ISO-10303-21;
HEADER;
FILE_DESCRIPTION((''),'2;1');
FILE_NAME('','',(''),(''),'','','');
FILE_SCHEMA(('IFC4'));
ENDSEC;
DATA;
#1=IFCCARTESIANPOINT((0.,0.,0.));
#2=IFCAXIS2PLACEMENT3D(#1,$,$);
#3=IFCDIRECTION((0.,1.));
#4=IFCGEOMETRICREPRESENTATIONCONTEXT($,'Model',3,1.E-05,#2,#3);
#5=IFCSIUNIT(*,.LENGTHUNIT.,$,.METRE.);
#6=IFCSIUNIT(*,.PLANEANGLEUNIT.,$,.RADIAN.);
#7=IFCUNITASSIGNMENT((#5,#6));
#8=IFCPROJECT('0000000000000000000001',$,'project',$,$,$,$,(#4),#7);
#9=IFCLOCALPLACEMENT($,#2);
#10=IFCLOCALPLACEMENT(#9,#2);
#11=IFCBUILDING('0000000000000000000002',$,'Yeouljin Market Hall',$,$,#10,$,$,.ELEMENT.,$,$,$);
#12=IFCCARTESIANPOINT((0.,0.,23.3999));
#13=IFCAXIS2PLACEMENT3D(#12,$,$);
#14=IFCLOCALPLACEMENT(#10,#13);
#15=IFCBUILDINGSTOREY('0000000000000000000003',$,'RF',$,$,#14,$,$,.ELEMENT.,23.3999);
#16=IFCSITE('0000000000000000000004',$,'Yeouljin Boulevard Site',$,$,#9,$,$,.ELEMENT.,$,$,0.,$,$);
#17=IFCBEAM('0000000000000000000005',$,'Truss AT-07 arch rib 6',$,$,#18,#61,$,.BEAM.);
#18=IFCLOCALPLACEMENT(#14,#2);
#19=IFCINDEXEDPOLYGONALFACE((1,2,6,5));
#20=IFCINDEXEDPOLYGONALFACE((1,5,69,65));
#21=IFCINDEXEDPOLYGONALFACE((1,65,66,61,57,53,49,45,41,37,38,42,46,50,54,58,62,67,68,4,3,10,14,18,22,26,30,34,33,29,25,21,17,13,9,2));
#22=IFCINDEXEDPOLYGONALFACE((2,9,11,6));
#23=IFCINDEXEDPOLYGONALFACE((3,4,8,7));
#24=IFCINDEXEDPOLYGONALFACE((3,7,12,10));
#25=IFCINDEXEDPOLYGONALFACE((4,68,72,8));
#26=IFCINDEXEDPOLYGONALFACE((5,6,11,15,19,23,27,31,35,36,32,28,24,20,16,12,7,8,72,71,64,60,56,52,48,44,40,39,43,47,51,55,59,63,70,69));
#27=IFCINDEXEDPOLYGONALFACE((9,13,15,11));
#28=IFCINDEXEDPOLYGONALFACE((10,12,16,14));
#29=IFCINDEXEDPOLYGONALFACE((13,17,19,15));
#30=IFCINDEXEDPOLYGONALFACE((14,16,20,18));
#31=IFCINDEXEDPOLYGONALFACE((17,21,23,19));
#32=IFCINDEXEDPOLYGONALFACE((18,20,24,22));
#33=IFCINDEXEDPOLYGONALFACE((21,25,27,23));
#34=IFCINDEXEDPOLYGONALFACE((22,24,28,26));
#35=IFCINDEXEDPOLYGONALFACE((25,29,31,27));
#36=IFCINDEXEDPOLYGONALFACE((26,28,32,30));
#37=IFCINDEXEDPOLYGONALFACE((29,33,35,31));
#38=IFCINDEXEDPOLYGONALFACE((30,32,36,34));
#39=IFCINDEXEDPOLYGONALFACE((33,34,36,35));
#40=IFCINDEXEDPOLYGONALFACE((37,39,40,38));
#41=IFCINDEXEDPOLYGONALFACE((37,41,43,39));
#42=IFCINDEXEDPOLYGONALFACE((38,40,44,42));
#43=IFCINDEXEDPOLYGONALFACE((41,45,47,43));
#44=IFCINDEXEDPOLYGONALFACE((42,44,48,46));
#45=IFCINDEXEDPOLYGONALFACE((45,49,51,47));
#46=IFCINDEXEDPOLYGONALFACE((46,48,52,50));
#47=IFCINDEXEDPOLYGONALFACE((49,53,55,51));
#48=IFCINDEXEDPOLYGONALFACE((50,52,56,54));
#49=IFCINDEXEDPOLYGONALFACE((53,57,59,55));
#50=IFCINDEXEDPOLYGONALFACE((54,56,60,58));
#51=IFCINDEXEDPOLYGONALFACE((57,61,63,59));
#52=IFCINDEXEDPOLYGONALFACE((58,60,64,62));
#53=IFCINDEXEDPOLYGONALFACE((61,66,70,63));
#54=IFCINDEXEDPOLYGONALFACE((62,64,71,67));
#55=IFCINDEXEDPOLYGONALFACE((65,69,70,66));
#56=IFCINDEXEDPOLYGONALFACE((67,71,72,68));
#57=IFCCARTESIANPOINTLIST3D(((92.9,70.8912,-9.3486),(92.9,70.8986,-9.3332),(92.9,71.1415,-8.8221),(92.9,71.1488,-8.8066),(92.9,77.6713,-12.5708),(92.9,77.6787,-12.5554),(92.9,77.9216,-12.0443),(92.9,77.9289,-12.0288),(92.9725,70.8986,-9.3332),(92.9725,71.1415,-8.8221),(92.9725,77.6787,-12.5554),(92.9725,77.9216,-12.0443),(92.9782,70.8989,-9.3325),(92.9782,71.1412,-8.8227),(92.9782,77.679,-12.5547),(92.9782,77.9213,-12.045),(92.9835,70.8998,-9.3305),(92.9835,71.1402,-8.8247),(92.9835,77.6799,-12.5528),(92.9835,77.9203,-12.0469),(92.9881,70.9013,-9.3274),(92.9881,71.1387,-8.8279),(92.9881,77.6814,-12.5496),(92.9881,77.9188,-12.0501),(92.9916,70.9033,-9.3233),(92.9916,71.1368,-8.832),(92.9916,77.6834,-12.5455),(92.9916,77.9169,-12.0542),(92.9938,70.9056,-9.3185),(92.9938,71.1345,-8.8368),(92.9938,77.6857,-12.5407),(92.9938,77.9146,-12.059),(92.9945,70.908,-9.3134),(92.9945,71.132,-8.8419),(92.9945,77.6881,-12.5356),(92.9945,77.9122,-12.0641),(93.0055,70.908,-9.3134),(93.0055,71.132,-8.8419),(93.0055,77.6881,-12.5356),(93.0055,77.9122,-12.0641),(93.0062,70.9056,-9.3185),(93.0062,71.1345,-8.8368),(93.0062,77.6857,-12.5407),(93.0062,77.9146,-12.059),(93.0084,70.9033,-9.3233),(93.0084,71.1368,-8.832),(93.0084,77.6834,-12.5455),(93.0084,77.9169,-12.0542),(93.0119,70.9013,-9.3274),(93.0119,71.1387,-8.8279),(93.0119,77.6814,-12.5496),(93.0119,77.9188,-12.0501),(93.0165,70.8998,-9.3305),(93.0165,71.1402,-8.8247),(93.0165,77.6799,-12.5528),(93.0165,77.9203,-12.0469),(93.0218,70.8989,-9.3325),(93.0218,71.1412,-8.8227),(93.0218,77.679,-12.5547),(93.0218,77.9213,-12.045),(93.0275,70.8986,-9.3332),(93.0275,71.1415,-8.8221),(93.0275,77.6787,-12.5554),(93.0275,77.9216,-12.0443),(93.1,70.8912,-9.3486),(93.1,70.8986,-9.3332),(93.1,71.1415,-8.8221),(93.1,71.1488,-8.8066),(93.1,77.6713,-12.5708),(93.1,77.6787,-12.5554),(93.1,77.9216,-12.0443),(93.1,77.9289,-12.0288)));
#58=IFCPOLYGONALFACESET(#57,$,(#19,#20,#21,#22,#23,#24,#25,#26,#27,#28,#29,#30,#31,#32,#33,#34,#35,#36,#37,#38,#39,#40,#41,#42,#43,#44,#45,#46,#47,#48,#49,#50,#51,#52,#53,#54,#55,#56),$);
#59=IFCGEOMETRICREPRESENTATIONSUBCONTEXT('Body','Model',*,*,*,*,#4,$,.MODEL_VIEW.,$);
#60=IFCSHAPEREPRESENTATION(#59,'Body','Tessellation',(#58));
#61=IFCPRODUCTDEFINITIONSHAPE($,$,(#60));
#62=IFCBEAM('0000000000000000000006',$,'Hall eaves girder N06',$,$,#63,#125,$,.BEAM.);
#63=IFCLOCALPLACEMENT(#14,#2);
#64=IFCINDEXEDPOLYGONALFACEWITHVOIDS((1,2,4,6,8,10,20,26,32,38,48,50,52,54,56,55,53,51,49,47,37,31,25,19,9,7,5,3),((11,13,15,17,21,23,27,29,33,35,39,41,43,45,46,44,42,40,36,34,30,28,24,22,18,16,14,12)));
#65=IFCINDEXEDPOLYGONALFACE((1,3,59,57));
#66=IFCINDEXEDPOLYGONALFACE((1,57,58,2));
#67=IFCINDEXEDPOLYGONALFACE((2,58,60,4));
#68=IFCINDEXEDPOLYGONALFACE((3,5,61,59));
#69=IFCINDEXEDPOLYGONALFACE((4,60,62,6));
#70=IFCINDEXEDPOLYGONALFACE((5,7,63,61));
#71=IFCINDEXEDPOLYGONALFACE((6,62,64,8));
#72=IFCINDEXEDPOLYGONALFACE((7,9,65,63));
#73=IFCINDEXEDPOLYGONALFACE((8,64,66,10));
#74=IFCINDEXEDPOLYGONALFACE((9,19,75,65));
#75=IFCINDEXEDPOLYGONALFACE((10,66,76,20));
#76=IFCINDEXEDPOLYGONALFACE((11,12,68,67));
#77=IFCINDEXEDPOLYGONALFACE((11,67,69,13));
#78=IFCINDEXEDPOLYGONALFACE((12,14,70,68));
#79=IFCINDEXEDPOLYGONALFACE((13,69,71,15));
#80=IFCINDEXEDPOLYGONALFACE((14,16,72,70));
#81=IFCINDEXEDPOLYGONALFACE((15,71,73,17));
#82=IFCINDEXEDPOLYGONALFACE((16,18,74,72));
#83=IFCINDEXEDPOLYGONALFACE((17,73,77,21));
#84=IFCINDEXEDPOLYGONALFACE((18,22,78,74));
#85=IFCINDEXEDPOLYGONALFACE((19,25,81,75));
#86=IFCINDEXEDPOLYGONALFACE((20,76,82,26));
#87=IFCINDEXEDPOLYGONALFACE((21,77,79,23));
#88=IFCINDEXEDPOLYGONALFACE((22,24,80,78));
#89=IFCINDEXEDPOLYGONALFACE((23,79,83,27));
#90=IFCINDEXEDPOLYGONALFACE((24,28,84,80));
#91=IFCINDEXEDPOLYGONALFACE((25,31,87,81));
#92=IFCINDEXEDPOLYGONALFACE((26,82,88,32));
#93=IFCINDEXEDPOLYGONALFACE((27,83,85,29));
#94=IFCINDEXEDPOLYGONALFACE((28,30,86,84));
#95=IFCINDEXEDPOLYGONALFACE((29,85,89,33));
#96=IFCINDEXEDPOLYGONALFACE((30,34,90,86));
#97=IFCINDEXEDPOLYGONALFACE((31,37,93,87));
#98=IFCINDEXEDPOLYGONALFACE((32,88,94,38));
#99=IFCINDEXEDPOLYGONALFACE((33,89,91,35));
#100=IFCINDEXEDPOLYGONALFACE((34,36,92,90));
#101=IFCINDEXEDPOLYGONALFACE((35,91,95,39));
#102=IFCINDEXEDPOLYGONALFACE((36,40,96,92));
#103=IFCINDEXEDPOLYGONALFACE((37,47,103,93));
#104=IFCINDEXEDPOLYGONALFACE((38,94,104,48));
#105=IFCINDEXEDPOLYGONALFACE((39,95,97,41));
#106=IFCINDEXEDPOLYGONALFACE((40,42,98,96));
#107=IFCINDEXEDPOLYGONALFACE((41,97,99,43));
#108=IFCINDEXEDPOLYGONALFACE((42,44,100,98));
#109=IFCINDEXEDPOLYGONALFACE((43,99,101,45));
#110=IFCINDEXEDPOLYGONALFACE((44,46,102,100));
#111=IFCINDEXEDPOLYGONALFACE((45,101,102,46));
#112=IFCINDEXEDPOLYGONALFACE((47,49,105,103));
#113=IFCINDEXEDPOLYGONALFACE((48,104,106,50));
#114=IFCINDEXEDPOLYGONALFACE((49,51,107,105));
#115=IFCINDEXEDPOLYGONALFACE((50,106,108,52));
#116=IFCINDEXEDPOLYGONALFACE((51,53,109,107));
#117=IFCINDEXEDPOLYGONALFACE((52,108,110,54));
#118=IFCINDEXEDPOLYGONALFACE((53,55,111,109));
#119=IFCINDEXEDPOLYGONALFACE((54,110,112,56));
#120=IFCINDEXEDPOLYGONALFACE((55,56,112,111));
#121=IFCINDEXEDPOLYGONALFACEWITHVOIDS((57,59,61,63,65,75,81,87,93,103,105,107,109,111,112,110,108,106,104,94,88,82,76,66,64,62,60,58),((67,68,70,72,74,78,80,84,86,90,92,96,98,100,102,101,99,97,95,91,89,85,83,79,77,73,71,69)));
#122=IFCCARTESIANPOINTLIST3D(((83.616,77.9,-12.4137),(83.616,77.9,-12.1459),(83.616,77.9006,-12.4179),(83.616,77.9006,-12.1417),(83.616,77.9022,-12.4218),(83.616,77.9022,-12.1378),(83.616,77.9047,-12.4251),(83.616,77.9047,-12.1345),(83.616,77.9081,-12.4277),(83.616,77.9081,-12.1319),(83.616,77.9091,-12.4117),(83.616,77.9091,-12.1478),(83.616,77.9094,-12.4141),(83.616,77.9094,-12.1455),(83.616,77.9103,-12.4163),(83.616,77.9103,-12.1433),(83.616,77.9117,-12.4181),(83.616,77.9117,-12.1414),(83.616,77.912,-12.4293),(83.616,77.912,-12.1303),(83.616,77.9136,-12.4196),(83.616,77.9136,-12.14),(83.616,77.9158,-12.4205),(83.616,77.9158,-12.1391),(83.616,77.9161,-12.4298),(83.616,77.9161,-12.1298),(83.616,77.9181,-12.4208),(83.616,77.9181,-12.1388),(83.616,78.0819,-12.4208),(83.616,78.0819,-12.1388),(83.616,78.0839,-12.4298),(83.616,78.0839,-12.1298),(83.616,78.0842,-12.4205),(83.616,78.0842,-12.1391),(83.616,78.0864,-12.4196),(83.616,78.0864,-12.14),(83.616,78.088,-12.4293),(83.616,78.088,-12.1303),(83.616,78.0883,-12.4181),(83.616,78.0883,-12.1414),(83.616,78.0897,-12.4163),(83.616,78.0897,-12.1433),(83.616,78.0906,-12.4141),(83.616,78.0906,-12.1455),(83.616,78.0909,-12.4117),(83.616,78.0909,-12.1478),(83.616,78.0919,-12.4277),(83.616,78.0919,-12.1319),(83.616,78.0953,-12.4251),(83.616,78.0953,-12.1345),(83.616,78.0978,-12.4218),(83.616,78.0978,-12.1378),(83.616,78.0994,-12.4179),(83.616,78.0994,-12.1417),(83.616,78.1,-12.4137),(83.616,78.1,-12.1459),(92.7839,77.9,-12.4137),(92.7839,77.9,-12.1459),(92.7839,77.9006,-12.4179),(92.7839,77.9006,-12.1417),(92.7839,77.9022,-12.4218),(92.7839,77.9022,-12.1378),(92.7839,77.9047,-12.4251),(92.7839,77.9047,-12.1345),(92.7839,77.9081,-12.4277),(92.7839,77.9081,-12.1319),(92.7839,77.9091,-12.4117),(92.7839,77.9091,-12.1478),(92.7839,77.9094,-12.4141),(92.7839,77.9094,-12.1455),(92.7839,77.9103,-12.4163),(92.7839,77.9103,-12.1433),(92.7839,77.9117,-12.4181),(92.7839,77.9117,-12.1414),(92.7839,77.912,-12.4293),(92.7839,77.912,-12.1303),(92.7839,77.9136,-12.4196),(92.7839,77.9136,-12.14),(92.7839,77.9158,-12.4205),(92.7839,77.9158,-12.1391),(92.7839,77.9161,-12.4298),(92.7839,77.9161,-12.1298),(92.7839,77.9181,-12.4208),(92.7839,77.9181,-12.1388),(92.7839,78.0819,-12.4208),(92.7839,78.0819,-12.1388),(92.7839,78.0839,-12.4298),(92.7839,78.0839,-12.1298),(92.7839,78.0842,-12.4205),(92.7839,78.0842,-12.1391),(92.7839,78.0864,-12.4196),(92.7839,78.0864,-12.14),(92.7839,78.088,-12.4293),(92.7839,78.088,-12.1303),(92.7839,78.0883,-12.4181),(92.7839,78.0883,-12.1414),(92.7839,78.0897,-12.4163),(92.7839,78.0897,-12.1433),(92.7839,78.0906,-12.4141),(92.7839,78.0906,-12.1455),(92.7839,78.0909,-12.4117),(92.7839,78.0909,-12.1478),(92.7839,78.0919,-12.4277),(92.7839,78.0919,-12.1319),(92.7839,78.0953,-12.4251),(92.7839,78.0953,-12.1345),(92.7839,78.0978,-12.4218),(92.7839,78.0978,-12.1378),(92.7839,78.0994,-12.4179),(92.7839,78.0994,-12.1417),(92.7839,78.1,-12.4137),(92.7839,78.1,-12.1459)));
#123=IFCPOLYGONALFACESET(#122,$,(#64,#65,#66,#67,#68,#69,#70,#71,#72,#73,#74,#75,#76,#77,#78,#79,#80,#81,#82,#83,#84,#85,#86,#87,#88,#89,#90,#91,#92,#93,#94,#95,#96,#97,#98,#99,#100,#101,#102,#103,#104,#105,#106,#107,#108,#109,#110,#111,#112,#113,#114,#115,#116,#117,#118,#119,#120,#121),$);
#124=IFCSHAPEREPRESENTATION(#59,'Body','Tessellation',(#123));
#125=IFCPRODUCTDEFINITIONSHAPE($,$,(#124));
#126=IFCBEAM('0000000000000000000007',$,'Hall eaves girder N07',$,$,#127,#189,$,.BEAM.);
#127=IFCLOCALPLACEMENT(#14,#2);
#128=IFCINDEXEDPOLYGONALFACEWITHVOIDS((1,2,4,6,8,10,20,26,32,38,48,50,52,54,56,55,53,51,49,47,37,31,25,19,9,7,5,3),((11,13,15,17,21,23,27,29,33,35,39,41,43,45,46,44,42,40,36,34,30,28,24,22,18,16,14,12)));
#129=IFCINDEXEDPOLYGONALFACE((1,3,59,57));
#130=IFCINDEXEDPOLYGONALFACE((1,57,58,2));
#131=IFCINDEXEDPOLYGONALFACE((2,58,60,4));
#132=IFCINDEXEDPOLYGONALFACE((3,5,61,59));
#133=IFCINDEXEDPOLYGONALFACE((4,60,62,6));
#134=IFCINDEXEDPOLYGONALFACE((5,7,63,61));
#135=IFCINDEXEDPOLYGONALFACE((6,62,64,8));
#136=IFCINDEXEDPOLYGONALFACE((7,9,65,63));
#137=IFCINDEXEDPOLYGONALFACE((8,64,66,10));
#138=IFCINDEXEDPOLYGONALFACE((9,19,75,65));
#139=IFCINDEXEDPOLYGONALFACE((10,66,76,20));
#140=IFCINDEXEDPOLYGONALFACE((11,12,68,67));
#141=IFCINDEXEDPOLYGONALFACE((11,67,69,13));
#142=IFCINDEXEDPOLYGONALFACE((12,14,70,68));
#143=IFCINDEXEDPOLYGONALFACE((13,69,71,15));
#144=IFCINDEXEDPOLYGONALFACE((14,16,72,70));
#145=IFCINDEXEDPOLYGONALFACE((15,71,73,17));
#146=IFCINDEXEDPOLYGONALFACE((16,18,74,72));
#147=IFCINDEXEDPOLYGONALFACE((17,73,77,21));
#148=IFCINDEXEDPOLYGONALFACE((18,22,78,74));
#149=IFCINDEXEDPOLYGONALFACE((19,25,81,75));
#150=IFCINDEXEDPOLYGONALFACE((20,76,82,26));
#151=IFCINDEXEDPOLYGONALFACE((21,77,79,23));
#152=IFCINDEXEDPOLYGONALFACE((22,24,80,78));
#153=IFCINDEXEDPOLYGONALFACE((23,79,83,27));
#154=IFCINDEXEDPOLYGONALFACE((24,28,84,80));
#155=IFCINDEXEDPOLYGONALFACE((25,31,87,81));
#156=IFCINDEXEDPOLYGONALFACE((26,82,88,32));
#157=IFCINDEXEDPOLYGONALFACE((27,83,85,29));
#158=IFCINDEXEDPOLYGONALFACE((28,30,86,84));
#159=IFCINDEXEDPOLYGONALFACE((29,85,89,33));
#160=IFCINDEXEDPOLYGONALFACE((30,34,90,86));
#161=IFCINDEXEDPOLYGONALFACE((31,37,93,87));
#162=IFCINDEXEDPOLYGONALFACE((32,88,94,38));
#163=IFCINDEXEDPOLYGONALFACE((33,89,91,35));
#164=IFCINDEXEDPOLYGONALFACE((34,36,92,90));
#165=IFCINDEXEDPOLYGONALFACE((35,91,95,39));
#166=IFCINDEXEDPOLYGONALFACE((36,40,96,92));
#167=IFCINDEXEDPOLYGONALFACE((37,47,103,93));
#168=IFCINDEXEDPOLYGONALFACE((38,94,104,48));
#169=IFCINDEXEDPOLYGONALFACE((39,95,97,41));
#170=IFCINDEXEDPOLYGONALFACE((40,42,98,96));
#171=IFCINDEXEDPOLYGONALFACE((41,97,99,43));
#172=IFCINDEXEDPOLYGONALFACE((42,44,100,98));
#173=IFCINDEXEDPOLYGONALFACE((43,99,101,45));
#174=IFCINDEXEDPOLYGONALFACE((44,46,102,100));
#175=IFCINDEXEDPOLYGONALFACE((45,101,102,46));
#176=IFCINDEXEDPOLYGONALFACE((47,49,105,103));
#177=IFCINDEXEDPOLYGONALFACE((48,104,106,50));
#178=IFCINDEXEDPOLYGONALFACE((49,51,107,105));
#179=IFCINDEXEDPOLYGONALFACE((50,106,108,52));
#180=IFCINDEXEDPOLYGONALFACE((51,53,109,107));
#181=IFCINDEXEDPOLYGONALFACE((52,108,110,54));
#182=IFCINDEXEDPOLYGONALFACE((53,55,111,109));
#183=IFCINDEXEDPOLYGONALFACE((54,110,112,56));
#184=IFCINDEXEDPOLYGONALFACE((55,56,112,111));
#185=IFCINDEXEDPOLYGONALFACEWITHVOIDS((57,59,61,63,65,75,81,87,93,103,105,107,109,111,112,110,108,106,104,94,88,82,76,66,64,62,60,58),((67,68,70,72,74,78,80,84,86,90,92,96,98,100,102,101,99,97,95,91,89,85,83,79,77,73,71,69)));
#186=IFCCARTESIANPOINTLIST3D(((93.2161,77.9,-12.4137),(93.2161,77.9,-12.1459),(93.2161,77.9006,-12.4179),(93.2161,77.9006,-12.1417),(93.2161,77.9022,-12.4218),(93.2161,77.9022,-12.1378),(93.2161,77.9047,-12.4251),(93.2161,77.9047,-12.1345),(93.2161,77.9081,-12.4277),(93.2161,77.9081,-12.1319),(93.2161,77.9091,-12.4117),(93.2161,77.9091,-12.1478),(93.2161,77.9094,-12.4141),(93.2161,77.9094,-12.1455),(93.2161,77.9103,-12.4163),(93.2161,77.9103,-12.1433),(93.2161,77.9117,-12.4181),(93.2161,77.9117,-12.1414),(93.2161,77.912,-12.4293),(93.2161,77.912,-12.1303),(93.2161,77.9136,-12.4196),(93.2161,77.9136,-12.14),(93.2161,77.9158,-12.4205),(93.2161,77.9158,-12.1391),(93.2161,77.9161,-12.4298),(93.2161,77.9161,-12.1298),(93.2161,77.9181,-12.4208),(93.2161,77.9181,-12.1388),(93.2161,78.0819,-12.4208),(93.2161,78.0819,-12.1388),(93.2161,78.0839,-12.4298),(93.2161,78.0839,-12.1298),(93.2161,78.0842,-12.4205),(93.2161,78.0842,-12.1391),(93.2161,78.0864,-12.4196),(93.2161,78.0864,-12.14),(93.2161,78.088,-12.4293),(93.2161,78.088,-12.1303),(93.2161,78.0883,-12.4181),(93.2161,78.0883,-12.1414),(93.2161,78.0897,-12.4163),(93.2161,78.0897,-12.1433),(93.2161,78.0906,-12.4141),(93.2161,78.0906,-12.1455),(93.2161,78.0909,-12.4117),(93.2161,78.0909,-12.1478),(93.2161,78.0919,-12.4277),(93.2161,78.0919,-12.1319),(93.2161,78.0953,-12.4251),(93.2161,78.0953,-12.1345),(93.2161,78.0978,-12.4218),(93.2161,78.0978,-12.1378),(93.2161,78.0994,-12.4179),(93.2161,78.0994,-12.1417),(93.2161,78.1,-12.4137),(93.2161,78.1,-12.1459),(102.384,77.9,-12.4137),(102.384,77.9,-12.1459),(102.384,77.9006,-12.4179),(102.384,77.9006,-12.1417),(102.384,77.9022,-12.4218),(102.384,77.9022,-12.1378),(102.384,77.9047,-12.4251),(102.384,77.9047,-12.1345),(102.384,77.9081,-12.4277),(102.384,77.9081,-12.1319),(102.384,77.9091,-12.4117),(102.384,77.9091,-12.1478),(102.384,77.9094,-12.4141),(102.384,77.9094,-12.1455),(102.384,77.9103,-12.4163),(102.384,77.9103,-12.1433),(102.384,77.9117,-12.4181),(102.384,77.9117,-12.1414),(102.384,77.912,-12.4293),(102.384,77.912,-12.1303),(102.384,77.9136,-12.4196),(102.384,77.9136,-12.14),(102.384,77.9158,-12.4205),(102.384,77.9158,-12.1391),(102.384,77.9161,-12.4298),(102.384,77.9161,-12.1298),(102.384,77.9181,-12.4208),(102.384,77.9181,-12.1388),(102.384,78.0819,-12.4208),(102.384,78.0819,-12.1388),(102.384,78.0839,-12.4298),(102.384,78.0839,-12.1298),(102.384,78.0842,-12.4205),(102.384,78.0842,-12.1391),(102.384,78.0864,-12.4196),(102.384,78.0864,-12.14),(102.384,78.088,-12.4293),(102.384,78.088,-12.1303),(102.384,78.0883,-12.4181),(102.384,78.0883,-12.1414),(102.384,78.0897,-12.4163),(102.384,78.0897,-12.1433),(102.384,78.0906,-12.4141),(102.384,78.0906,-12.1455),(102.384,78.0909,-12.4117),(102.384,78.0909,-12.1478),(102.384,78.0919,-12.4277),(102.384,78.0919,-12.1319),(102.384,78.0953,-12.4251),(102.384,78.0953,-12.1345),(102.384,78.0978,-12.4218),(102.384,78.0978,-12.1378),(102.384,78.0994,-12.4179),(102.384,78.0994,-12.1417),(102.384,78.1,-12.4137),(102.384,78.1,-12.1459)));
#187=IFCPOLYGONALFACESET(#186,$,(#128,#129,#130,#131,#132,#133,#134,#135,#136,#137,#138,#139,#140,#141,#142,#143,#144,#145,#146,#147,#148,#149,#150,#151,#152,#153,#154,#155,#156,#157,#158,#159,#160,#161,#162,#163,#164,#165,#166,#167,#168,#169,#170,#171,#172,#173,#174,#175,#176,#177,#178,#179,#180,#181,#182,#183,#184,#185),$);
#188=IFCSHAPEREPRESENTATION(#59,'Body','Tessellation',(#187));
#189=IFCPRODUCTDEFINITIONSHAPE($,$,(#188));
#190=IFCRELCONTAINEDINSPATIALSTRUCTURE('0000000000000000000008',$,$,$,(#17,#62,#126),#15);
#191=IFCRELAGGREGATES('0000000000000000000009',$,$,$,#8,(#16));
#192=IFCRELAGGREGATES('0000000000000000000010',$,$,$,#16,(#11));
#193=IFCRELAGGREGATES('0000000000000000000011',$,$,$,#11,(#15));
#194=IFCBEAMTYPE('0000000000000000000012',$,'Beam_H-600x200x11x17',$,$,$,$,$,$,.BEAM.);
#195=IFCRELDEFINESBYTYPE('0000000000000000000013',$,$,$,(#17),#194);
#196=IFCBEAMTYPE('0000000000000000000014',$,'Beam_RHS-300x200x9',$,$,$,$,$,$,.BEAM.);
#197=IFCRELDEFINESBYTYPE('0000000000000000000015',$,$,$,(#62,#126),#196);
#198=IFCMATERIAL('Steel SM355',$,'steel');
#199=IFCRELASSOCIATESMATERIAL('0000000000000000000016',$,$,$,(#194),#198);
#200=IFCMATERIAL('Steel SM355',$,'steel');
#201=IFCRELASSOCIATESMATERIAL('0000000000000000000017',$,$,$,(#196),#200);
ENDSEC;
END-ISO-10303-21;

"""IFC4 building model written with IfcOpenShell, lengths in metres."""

from ifc_helpers import new_model, si_unit, direction, frame, origin, origin_2d, place, context, subcontext, project, spatial, hollow_rectangle, i_section, extrude, material, material_profile, profile_set, type_object, element, save


model = new_model("IFC4")

# Units and contexts
model_context = context("Model", 3, precision=1e-05, world=origin(), true_north=direction((0.0, 1.0)))
body_context = subcontext(model_context, "Body", "Model", "MODEL_VIEW")
ifc_project = project(units=[si_unit("LENGTHUNIT", "METRE"), si_unit("PLANEANGLEUNIT", "RADIAN")], contexts=[model_context])

# Site, building, storey
site_placement = place(None, origin())
site = spatial("IfcSite", under=ifc_project, at=site_placement, Name="Yeouljin Boulevard Site", CompositionType="ELEMENT", RefElevation=0.0)
building_placement = place(site_placement, origin())
building = spatial("IfcBuilding", under=site, at=building_placement, Name="Yeouljin Market Hall", CompositionType="ELEMENT")
storey_placement = place(building_placement, frame((0.0, 0.0, 23.3999)))
storey = spatial("IfcBuildingStorey", under=building, at=storey_placement, Name="RF", CompositionType="ELEMENT", Elevation=23.3999)

# Beams
ifc_material_1 = material(Name="Steel SM355", Category="steel")
ifc_material_profile_1 = material_profile(ifc_material_1, i_section(OverallWidth=0.2, OverallDepth=0.6001, WebThickness=0.011, FlangeThickness=0.0171, FilletRadius=0.022, at=origin_2d()), Name="H-600x200x11x17")
ifc_profile_set_1 = profile_set([ifc_material_profile_1], Name="Steel SM355")
beam_type_1 = type_object("IfcBeamType", Name="Beam_H-600x200x11x17", PredefinedType="BEAM", material=ifc_profile_set_1)
beam_placement = place(storey_placement, frame((93.0, 71.02, -9.0776), z_axis=(0.0, 0.903192, -0.429237), x_axis=(-1.0, 0.0, 0.0)))
element("IfcBeam", 1, at=beam_placement, inside=storey, type_object=beam_type_1, Name="Truss AT-07 arch rib 6", PredefinedType="BEAM", context=body_context, shape_type="SweptSolid", body=[
    extrude(i_section(OverallWidth=0.2, OverallDepth=0.6001, WebThickness=0.011, FlangeThickness=0.0171, FilletRadius=0.022, at=origin_2d()), origin(), (0.0, 0.0, 1.0), 7.5068),
])
ifc_material_2 = material(Name="Steel SM355", Category="steel")
ifc_material_profile_2 = material_profile(ifc_material_2, hollow_rectangle(XDim=0.2, YDim=0.3, WallThickness=0.009, InnerFilletRadius=0.009, OuterFilletRadius=0.0161, at=origin_2d()), Name="RHS-300x200x9")
ifc_profile_set_2 = profile_set([ifc_material_profile_2], Name="Steel SM355")
beam_type_2 = type_object("IfcBeamType", Name="Beam_RHS-300x200x9", PredefinedType="BEAM", material=ifc_profile_set_2)
for number, where, z_axis, x_axis, name in (
    (2, (83.616, 78.0, -12.2798), (1.0, 0.0, 0.0), (0.0, 1.0, 0.0), "Hall eaves girder N06"),
    (3, (93.2161, 78.0, -12.2798), (1.0, 0.0, 0.0), (0.0, 1.0, 0.0), "Hall eaves girder N07"),
):
    element("IfcBeam", number, at=place(storey_placement, frame(where, z_axis=z_axis, x_axis=x_axis)), inside=storey, type_object=beam_type_2, Name=name, PredefinedType="BEAM", context=body_context, shape_type="SweptSolid", body=[
        extrude(hollow_rectangle(XDim=0.2, YDim=0.3, WallThickness=0.009, InnerFilletRadius=0.009, OuterFilletRadius=0.0161, at=origin_2d()), origin(), (0.0, 0.0, 1.0), 9.168),
    ])

save(model, "model.ifc")
